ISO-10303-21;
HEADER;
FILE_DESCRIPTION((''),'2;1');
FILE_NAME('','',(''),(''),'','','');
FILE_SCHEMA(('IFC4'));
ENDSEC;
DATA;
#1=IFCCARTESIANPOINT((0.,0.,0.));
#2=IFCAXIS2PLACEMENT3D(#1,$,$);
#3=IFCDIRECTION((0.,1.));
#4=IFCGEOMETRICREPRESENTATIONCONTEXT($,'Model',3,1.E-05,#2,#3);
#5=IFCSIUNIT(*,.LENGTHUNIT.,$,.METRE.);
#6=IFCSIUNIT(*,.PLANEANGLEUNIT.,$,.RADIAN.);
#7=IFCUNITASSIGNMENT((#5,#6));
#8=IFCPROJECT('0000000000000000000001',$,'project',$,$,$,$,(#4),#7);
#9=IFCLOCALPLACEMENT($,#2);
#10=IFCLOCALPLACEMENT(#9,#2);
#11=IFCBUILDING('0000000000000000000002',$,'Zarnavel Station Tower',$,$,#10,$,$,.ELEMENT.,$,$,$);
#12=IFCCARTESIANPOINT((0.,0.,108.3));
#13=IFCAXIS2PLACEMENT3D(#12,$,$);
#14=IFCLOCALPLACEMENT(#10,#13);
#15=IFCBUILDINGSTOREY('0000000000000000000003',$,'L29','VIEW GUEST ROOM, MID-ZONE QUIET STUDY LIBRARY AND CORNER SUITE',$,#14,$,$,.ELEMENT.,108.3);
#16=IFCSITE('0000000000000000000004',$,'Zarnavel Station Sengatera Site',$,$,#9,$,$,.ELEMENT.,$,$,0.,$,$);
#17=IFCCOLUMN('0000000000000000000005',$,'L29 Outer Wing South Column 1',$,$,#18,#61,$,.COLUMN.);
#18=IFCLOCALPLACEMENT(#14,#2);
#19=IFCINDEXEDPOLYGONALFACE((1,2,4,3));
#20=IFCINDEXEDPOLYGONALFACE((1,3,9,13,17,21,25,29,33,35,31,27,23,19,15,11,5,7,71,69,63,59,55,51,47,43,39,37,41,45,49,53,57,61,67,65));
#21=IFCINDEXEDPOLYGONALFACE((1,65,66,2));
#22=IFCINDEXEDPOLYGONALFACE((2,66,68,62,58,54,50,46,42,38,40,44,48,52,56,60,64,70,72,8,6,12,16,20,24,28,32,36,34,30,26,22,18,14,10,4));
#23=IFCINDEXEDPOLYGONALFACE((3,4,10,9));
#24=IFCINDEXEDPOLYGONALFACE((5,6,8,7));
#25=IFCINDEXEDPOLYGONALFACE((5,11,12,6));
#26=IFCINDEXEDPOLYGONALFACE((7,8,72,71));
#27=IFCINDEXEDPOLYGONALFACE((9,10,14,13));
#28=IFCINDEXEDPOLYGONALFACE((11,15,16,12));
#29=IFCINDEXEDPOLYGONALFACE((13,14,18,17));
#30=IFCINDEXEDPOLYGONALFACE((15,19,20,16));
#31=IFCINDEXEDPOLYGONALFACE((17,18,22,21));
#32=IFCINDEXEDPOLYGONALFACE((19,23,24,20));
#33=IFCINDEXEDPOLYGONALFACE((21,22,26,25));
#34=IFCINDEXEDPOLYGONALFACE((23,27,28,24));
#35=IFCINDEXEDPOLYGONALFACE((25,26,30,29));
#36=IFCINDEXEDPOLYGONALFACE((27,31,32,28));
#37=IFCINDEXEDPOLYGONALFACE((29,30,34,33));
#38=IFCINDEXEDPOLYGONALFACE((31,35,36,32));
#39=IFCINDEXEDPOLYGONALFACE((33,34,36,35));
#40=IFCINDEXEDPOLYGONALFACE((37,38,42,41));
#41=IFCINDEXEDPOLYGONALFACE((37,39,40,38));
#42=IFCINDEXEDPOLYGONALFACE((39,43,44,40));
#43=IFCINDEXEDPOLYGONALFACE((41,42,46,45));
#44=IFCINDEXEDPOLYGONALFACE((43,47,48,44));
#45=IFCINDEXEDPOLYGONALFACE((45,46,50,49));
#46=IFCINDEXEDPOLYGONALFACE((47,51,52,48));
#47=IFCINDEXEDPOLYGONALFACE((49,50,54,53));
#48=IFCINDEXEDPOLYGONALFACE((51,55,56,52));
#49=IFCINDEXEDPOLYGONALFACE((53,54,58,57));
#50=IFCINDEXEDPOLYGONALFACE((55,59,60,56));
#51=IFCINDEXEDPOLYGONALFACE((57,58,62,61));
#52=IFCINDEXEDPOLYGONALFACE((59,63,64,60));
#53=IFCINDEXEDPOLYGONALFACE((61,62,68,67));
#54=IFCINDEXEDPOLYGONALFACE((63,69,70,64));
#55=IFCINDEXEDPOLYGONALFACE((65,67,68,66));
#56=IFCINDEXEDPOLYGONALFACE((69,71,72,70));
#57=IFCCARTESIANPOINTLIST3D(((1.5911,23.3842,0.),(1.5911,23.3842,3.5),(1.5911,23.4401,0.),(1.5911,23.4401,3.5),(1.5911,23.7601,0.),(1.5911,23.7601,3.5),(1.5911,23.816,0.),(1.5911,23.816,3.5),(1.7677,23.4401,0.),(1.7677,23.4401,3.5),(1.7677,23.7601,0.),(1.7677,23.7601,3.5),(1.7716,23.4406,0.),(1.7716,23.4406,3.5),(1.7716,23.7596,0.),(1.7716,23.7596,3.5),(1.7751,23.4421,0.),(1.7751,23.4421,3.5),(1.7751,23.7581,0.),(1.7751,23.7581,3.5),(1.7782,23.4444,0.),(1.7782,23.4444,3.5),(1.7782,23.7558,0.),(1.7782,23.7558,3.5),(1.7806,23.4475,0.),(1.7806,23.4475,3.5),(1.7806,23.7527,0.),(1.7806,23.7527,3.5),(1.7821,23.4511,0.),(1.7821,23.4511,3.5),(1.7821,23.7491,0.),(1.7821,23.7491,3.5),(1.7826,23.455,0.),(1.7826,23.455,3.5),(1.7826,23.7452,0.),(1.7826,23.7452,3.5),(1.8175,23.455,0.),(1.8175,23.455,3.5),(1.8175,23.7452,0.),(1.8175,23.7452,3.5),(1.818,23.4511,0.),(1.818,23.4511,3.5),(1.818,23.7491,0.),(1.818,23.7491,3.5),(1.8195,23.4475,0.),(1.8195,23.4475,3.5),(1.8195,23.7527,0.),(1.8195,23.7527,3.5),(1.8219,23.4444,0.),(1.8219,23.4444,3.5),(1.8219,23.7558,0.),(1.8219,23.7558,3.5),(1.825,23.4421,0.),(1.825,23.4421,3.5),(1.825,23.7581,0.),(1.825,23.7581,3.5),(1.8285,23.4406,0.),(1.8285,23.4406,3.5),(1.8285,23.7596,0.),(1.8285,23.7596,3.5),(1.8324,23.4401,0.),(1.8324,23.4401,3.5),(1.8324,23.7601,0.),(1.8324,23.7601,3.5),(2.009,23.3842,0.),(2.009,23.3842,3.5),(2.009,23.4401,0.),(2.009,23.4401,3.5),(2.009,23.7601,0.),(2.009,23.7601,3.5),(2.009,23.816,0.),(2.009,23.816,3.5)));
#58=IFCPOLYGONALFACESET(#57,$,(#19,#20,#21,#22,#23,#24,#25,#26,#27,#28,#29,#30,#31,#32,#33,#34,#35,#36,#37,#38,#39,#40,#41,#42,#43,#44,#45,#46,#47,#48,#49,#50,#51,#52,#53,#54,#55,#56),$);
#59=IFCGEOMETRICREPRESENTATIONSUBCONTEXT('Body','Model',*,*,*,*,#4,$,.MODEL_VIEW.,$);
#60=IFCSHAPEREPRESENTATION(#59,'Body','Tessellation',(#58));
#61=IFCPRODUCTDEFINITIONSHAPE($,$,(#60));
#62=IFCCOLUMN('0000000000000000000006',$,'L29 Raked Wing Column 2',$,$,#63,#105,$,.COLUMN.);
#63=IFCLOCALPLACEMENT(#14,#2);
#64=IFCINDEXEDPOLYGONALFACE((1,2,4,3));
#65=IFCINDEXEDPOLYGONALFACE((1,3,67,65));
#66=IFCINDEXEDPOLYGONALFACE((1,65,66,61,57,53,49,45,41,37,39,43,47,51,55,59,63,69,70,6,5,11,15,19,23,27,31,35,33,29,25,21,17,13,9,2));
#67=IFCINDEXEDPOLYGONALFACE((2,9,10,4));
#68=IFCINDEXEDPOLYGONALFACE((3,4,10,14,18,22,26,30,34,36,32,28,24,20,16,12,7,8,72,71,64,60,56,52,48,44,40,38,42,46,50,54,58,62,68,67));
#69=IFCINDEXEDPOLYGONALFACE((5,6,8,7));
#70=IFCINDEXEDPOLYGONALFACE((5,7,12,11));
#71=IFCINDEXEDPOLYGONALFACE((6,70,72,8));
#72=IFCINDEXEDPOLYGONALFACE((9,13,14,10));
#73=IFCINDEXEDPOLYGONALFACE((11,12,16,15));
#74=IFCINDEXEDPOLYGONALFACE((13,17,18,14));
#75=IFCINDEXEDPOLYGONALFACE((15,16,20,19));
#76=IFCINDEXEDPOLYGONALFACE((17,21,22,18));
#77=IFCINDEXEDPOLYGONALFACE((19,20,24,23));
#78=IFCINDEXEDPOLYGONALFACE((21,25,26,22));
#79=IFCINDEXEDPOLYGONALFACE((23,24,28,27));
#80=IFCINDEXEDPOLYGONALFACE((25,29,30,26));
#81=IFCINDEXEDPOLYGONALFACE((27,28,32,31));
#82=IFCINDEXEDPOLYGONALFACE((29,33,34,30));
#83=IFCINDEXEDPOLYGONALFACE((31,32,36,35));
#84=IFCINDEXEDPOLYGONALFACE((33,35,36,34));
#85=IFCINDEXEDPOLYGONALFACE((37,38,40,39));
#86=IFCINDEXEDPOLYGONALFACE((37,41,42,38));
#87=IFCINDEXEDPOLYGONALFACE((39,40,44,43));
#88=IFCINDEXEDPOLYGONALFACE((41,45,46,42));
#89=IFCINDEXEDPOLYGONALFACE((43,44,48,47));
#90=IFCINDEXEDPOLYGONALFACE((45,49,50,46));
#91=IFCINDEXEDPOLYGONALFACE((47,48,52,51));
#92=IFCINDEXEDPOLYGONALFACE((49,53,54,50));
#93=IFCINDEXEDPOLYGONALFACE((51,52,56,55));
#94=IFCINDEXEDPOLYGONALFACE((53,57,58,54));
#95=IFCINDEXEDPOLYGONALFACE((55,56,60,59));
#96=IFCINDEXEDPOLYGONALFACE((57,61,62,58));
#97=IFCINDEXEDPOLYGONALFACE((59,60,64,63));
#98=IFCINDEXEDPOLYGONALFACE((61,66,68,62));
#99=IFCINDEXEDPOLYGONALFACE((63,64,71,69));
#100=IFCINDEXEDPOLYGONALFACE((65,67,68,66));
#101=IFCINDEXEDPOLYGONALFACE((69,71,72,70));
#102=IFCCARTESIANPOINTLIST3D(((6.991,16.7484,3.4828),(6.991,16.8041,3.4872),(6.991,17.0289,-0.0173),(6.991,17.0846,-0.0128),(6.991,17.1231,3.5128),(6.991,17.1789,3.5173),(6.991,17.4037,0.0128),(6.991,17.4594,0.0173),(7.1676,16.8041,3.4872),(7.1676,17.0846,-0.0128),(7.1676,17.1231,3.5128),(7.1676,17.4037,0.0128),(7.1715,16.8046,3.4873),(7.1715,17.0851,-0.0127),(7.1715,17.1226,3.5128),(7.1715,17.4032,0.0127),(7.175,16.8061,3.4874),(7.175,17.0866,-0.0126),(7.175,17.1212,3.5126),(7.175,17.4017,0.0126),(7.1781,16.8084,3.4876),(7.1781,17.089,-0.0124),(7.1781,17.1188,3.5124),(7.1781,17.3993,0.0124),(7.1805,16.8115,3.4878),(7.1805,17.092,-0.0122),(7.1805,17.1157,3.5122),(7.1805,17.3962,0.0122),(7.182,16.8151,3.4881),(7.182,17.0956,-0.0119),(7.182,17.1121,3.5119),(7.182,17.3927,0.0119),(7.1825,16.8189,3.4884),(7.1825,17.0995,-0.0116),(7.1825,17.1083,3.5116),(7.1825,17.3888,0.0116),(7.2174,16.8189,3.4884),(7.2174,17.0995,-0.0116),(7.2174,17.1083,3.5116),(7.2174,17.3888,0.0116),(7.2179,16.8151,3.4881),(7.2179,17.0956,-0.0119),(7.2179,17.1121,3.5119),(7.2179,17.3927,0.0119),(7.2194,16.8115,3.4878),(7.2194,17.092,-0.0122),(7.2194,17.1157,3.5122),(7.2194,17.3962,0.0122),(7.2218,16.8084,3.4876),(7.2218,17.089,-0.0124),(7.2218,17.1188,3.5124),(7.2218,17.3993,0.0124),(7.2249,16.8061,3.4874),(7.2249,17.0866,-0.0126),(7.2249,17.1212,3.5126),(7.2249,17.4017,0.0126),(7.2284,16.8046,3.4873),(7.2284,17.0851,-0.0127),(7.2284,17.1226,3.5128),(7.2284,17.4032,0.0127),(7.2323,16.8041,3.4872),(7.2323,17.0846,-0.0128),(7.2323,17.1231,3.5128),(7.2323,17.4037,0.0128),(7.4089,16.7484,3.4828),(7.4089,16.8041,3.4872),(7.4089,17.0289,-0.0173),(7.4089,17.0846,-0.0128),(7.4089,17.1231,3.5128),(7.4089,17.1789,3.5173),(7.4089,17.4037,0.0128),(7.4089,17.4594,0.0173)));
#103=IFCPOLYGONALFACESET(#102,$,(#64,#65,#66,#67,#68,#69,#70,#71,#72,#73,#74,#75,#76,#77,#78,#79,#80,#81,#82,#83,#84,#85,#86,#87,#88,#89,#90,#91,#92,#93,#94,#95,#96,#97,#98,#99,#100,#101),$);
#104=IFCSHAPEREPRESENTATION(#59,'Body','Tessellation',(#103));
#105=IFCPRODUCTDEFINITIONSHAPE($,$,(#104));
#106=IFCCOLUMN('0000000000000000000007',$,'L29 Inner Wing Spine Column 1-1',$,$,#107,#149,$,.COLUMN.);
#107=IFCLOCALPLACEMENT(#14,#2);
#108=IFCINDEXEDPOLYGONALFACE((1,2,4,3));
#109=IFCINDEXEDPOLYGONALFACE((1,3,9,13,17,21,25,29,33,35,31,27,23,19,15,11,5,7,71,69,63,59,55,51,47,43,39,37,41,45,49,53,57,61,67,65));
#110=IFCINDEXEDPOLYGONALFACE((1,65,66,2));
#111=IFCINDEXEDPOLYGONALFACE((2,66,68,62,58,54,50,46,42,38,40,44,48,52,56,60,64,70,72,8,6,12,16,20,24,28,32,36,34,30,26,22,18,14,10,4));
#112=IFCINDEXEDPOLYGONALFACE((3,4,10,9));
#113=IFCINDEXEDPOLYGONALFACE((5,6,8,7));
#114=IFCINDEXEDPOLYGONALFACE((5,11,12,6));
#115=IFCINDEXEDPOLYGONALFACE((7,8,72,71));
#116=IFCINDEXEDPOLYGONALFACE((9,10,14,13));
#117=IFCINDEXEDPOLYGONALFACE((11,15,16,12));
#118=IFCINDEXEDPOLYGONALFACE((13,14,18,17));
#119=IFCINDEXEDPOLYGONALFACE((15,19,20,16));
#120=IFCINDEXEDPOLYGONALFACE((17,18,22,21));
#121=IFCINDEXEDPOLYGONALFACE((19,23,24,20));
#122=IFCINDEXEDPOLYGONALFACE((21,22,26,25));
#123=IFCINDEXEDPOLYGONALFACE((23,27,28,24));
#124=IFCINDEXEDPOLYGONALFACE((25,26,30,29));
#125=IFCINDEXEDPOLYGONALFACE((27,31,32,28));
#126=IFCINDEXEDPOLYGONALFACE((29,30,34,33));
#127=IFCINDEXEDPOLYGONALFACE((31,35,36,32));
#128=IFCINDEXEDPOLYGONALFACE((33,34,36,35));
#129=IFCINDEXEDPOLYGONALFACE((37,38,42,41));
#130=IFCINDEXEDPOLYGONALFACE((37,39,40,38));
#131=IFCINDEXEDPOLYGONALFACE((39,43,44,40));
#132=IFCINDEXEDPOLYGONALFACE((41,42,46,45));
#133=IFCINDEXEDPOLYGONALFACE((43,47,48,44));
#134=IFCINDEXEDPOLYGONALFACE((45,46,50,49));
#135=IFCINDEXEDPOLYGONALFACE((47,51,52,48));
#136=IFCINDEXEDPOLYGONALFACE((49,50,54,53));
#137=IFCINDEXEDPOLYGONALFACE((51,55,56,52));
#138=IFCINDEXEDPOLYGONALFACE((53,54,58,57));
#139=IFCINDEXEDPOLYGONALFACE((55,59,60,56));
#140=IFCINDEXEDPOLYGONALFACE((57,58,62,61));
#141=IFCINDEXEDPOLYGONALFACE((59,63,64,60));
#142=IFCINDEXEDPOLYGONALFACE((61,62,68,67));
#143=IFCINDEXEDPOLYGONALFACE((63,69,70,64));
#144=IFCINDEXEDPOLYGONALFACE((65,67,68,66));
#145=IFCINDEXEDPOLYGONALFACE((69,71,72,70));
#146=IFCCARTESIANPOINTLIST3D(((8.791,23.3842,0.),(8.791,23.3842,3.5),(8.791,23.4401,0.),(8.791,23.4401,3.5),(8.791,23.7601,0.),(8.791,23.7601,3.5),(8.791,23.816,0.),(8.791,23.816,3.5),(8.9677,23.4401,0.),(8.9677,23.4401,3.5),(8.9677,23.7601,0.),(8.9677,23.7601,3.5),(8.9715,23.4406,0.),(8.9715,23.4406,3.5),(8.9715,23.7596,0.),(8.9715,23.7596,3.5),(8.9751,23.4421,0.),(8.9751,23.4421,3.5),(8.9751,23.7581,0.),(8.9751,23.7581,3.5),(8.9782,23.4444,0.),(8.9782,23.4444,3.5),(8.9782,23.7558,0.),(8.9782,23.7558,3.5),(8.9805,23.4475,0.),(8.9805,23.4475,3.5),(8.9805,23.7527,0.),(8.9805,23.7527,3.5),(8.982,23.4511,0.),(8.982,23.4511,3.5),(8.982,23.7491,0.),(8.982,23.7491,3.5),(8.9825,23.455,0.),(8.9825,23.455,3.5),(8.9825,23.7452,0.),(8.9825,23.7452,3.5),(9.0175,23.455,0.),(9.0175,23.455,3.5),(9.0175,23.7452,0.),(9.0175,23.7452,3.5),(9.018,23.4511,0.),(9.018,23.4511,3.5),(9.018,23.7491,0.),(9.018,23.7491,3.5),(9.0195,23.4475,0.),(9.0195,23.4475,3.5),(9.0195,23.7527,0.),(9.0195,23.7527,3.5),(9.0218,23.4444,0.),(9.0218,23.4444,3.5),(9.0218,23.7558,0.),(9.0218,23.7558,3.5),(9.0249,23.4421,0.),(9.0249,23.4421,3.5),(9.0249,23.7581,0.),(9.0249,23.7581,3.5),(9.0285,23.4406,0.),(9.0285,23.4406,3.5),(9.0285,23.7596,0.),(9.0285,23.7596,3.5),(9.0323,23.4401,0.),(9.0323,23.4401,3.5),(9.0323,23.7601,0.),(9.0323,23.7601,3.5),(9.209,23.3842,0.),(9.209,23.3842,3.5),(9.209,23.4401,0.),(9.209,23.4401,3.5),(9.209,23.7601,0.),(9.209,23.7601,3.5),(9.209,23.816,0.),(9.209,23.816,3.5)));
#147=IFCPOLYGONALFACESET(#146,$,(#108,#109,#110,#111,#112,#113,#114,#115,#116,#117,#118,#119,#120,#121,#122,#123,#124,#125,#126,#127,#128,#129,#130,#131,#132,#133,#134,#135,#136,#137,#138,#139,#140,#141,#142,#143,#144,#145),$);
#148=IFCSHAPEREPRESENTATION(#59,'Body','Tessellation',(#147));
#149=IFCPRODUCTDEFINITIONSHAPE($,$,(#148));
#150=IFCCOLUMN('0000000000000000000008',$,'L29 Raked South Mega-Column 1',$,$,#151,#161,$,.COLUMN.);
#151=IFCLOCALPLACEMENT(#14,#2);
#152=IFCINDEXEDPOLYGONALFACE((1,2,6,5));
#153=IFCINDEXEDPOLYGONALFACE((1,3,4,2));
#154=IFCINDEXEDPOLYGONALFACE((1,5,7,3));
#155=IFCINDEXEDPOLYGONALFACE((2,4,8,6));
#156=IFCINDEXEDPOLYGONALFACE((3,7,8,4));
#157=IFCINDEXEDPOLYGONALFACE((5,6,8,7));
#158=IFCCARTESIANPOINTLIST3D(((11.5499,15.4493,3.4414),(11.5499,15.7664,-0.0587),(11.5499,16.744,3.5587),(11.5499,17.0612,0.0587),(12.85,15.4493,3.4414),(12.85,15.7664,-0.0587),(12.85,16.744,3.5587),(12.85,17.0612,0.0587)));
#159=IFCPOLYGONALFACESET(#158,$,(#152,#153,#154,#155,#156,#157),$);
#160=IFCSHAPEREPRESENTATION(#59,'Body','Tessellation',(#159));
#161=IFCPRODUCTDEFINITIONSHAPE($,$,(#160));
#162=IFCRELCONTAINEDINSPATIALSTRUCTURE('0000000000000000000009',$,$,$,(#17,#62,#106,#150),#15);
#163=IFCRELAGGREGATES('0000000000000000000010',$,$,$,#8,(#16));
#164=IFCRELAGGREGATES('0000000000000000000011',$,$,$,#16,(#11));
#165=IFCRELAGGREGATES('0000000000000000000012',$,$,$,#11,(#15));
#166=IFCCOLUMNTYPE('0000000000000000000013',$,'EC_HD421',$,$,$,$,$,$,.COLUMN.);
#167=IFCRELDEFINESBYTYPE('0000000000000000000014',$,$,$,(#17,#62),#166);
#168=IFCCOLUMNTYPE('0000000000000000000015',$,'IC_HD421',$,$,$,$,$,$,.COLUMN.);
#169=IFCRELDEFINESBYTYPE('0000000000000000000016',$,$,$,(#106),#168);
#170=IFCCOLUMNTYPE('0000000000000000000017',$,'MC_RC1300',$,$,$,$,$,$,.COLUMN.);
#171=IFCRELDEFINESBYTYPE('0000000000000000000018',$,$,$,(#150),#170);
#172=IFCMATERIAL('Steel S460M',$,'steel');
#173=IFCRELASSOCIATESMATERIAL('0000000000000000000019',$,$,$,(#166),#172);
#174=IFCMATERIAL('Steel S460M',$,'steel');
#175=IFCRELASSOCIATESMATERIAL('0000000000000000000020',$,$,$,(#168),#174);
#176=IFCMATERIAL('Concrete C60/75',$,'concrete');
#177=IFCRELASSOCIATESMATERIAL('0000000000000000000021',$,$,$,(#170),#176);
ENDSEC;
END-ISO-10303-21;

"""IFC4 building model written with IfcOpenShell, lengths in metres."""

from ifc_helpers import new_model, si_unit, direction, frame, origin, origin_2d, place, context, subcontext, project, spatial, rectangle, i_section, extrude, material, material_profile, profile_set, type_object, element, save


model = new_model("IFC4")

# Units and contexts
model_context = context("Model", 3, precision=1e-05, world=origin(), true_north=direction((0.0, 1.0)))
body_context = subcontext(model_context, "Body", "Model", "MODEL_VIEW")
ifc_project = project(units=[si_unit("LENGTHUNIT", "METRE"), si_unit("PLANEANGLEUNIT", "RADIAN")], contexts=[model_context])

# Site, building, storey
site_placement = place(None, origin())
site = spatial("IfcSite", under=ifc_project, at=site_placement, Name="Zarnavel Station Sengatera Site", CompositionType="ELEMENT", RefElevation=0.0)
building_placement = place(site_placement, origin())
building = spatial("IfcBuilding", under=site, at=building_placement, Name="Zarnavel Station Tower", CompositionType="ELEMENT")
storey_placement = place(building_placement, frame((0.0, 0.0, 108.3)))
storey = spatial("IfcBuildingStorey", under=building, at=storey_placement, Name="L29", Description="VIEW GUEST ROOM, MID-ZONE QUIET STUDY LIBRARY AND CORNER SUITE", CompositionType="ELEMENT", Elevation=108.3)

# Columns
ifc_material_1 = material(Name="Steel S460M", Category="steel")
ifc_material_profile_1 = material_profile(ifc_material_1, i_section(OverallWidth=0.418, OverallDepth=0.4319, WebThickness=0.0349, FlangeThickness=0.0559, FilletRadius=0.0149, at=origin_2d()), Name="HD400x421")
ifc_profile_set_1 = profile_set([ifc_material_profile_1], Name="Steel S460M")
column_type_1 = type_object("IfcColumnType", Name="EC_HD421", PredefinedType="COLUMN", material=ifc_profile_set_1)
column_1_placement = place(storey_placement, frame((1.8, 23.6001, 0.0), z_axis=(0.0, 0.0, 1.0), x_axis=(1.0, 0.0, 0.0)))
element("IfcColumn", 1, at=column_1_placement, inside=storey, type_object=column_type_1, Name="L29 Outer Wing South Column 1", PredefinedType="COLUMN", context=body_context, shape_type="SweptSolid", body=[
    extrude(i_section(OverallWidth=0.418, OverallDepth=0.4319, WebThickness=0.0349, FlangeThickness=0.0559, FilletRadius=0.0149, at=origin_2d()), origin(), (0.0, 0.0, 1.0), 3.5),
])
column_2_placement = place(storey_placement, frame((7.2, 17.2441, 0.0), z_axis=(0.0, -0.079892, 0.996804), x_axis=(1.0, 0.0, 0.0)))
element("IfcColumn", 2, at=column_2_placement, inside=storey, type_object=column_type_1, Name="L29 Raked Wing Column 2", PredefinedType="COLUMN", context=body_context, shape_type="SweptSolid", body=[
    extrude(i_section(OverallWidth=0.418, OverallDepth=0.4319, WebThickness=0.0349, FlangeThickness=0.0559, FilletRadius=0.0149, at=origin_2d()), origin(), (0.0, 0.0, 1.0), 3.5112),
])
ifc_material_2 = material(Name="Steel S460M", Category="steel")
ifc_material_profile_2 = material_profile(ifc_material_2, i_section(OverallWidth=0.418, OverallDepth=0.4319, WebThickness=0.0349, FlangeThickness=0.0559, FilletRadius=0.0149, at=origin_2d()), Name="HD400x421")
ifc_profile_set_2 = profile_set([ifc_material_profile_2], Name="Steel S460M")
column_type_2 = type_object("IfcColumnType", Name="IC_HD421", PredefinedType="COLUMN", material=ifc_profile_set_2)
column_3_placement = place(storey_placement, frame((9.0, 23.6001, 0.0), z_axis=(0.0, 0.0, 1.0), x_axis=(1.0, 0.0, 0.0)))
element("IfcColumn", 3, at=column_3_placement, inside=storey, type_object=column_type_2, Name="L29 Inner Wing Spine Column 1-1", PredefinedType="COLUMN", context=body_context, shape_type="SweptSolid", body=[
    extrude(i_section(OverallWidth=0.418, OverallDepth=0.4319, WebThickness=0.0349, FlangeThickness=0.0559, FilletRadius=0.0149, at=origin_2d()), origin(), (0.0, 0.0, 1.0), 3.5),
])
ifc_material_3 = material(Name="Concrete C60/75", Category="concrete")
ifc_material_profile_3 = material_profile(ifc_material_3, rectangle(XDim=1.3, YDim=1.3, at=origin_2d()), Name="RC1300x1300")
ifc_profile_set_3 = profile_set([ifc_material_profile_3], Name="Concrete C60/75")
column_type_3 = type_object("IfcColumnType", Name="MC_RC1300", PredefinedType="COLUMN", material=ifc_profile_set_3)
column_4_placement = place(storey_placement, frame((12.2, 16.4138, 0.0), z_axis=(0.0, -0.090241, 0.99592), x_axis=(1.0, 0.0, 0.0)))
element("IfcColumn", 4, at=column_4_placement, inside=storey, type_object=column_type_3, Name="L29 Raked South Mega-Column 1", PredefinedType="COLUMN", context=body_context, shape_type="SweptSolid", body=[
    extrude(rectangle(XDim=1.3, YDim=1.3, at=origin_2d()), origin(), (0.0, 0.0, 1.0), 3.5144),
])

save(model, "model.ifc")
